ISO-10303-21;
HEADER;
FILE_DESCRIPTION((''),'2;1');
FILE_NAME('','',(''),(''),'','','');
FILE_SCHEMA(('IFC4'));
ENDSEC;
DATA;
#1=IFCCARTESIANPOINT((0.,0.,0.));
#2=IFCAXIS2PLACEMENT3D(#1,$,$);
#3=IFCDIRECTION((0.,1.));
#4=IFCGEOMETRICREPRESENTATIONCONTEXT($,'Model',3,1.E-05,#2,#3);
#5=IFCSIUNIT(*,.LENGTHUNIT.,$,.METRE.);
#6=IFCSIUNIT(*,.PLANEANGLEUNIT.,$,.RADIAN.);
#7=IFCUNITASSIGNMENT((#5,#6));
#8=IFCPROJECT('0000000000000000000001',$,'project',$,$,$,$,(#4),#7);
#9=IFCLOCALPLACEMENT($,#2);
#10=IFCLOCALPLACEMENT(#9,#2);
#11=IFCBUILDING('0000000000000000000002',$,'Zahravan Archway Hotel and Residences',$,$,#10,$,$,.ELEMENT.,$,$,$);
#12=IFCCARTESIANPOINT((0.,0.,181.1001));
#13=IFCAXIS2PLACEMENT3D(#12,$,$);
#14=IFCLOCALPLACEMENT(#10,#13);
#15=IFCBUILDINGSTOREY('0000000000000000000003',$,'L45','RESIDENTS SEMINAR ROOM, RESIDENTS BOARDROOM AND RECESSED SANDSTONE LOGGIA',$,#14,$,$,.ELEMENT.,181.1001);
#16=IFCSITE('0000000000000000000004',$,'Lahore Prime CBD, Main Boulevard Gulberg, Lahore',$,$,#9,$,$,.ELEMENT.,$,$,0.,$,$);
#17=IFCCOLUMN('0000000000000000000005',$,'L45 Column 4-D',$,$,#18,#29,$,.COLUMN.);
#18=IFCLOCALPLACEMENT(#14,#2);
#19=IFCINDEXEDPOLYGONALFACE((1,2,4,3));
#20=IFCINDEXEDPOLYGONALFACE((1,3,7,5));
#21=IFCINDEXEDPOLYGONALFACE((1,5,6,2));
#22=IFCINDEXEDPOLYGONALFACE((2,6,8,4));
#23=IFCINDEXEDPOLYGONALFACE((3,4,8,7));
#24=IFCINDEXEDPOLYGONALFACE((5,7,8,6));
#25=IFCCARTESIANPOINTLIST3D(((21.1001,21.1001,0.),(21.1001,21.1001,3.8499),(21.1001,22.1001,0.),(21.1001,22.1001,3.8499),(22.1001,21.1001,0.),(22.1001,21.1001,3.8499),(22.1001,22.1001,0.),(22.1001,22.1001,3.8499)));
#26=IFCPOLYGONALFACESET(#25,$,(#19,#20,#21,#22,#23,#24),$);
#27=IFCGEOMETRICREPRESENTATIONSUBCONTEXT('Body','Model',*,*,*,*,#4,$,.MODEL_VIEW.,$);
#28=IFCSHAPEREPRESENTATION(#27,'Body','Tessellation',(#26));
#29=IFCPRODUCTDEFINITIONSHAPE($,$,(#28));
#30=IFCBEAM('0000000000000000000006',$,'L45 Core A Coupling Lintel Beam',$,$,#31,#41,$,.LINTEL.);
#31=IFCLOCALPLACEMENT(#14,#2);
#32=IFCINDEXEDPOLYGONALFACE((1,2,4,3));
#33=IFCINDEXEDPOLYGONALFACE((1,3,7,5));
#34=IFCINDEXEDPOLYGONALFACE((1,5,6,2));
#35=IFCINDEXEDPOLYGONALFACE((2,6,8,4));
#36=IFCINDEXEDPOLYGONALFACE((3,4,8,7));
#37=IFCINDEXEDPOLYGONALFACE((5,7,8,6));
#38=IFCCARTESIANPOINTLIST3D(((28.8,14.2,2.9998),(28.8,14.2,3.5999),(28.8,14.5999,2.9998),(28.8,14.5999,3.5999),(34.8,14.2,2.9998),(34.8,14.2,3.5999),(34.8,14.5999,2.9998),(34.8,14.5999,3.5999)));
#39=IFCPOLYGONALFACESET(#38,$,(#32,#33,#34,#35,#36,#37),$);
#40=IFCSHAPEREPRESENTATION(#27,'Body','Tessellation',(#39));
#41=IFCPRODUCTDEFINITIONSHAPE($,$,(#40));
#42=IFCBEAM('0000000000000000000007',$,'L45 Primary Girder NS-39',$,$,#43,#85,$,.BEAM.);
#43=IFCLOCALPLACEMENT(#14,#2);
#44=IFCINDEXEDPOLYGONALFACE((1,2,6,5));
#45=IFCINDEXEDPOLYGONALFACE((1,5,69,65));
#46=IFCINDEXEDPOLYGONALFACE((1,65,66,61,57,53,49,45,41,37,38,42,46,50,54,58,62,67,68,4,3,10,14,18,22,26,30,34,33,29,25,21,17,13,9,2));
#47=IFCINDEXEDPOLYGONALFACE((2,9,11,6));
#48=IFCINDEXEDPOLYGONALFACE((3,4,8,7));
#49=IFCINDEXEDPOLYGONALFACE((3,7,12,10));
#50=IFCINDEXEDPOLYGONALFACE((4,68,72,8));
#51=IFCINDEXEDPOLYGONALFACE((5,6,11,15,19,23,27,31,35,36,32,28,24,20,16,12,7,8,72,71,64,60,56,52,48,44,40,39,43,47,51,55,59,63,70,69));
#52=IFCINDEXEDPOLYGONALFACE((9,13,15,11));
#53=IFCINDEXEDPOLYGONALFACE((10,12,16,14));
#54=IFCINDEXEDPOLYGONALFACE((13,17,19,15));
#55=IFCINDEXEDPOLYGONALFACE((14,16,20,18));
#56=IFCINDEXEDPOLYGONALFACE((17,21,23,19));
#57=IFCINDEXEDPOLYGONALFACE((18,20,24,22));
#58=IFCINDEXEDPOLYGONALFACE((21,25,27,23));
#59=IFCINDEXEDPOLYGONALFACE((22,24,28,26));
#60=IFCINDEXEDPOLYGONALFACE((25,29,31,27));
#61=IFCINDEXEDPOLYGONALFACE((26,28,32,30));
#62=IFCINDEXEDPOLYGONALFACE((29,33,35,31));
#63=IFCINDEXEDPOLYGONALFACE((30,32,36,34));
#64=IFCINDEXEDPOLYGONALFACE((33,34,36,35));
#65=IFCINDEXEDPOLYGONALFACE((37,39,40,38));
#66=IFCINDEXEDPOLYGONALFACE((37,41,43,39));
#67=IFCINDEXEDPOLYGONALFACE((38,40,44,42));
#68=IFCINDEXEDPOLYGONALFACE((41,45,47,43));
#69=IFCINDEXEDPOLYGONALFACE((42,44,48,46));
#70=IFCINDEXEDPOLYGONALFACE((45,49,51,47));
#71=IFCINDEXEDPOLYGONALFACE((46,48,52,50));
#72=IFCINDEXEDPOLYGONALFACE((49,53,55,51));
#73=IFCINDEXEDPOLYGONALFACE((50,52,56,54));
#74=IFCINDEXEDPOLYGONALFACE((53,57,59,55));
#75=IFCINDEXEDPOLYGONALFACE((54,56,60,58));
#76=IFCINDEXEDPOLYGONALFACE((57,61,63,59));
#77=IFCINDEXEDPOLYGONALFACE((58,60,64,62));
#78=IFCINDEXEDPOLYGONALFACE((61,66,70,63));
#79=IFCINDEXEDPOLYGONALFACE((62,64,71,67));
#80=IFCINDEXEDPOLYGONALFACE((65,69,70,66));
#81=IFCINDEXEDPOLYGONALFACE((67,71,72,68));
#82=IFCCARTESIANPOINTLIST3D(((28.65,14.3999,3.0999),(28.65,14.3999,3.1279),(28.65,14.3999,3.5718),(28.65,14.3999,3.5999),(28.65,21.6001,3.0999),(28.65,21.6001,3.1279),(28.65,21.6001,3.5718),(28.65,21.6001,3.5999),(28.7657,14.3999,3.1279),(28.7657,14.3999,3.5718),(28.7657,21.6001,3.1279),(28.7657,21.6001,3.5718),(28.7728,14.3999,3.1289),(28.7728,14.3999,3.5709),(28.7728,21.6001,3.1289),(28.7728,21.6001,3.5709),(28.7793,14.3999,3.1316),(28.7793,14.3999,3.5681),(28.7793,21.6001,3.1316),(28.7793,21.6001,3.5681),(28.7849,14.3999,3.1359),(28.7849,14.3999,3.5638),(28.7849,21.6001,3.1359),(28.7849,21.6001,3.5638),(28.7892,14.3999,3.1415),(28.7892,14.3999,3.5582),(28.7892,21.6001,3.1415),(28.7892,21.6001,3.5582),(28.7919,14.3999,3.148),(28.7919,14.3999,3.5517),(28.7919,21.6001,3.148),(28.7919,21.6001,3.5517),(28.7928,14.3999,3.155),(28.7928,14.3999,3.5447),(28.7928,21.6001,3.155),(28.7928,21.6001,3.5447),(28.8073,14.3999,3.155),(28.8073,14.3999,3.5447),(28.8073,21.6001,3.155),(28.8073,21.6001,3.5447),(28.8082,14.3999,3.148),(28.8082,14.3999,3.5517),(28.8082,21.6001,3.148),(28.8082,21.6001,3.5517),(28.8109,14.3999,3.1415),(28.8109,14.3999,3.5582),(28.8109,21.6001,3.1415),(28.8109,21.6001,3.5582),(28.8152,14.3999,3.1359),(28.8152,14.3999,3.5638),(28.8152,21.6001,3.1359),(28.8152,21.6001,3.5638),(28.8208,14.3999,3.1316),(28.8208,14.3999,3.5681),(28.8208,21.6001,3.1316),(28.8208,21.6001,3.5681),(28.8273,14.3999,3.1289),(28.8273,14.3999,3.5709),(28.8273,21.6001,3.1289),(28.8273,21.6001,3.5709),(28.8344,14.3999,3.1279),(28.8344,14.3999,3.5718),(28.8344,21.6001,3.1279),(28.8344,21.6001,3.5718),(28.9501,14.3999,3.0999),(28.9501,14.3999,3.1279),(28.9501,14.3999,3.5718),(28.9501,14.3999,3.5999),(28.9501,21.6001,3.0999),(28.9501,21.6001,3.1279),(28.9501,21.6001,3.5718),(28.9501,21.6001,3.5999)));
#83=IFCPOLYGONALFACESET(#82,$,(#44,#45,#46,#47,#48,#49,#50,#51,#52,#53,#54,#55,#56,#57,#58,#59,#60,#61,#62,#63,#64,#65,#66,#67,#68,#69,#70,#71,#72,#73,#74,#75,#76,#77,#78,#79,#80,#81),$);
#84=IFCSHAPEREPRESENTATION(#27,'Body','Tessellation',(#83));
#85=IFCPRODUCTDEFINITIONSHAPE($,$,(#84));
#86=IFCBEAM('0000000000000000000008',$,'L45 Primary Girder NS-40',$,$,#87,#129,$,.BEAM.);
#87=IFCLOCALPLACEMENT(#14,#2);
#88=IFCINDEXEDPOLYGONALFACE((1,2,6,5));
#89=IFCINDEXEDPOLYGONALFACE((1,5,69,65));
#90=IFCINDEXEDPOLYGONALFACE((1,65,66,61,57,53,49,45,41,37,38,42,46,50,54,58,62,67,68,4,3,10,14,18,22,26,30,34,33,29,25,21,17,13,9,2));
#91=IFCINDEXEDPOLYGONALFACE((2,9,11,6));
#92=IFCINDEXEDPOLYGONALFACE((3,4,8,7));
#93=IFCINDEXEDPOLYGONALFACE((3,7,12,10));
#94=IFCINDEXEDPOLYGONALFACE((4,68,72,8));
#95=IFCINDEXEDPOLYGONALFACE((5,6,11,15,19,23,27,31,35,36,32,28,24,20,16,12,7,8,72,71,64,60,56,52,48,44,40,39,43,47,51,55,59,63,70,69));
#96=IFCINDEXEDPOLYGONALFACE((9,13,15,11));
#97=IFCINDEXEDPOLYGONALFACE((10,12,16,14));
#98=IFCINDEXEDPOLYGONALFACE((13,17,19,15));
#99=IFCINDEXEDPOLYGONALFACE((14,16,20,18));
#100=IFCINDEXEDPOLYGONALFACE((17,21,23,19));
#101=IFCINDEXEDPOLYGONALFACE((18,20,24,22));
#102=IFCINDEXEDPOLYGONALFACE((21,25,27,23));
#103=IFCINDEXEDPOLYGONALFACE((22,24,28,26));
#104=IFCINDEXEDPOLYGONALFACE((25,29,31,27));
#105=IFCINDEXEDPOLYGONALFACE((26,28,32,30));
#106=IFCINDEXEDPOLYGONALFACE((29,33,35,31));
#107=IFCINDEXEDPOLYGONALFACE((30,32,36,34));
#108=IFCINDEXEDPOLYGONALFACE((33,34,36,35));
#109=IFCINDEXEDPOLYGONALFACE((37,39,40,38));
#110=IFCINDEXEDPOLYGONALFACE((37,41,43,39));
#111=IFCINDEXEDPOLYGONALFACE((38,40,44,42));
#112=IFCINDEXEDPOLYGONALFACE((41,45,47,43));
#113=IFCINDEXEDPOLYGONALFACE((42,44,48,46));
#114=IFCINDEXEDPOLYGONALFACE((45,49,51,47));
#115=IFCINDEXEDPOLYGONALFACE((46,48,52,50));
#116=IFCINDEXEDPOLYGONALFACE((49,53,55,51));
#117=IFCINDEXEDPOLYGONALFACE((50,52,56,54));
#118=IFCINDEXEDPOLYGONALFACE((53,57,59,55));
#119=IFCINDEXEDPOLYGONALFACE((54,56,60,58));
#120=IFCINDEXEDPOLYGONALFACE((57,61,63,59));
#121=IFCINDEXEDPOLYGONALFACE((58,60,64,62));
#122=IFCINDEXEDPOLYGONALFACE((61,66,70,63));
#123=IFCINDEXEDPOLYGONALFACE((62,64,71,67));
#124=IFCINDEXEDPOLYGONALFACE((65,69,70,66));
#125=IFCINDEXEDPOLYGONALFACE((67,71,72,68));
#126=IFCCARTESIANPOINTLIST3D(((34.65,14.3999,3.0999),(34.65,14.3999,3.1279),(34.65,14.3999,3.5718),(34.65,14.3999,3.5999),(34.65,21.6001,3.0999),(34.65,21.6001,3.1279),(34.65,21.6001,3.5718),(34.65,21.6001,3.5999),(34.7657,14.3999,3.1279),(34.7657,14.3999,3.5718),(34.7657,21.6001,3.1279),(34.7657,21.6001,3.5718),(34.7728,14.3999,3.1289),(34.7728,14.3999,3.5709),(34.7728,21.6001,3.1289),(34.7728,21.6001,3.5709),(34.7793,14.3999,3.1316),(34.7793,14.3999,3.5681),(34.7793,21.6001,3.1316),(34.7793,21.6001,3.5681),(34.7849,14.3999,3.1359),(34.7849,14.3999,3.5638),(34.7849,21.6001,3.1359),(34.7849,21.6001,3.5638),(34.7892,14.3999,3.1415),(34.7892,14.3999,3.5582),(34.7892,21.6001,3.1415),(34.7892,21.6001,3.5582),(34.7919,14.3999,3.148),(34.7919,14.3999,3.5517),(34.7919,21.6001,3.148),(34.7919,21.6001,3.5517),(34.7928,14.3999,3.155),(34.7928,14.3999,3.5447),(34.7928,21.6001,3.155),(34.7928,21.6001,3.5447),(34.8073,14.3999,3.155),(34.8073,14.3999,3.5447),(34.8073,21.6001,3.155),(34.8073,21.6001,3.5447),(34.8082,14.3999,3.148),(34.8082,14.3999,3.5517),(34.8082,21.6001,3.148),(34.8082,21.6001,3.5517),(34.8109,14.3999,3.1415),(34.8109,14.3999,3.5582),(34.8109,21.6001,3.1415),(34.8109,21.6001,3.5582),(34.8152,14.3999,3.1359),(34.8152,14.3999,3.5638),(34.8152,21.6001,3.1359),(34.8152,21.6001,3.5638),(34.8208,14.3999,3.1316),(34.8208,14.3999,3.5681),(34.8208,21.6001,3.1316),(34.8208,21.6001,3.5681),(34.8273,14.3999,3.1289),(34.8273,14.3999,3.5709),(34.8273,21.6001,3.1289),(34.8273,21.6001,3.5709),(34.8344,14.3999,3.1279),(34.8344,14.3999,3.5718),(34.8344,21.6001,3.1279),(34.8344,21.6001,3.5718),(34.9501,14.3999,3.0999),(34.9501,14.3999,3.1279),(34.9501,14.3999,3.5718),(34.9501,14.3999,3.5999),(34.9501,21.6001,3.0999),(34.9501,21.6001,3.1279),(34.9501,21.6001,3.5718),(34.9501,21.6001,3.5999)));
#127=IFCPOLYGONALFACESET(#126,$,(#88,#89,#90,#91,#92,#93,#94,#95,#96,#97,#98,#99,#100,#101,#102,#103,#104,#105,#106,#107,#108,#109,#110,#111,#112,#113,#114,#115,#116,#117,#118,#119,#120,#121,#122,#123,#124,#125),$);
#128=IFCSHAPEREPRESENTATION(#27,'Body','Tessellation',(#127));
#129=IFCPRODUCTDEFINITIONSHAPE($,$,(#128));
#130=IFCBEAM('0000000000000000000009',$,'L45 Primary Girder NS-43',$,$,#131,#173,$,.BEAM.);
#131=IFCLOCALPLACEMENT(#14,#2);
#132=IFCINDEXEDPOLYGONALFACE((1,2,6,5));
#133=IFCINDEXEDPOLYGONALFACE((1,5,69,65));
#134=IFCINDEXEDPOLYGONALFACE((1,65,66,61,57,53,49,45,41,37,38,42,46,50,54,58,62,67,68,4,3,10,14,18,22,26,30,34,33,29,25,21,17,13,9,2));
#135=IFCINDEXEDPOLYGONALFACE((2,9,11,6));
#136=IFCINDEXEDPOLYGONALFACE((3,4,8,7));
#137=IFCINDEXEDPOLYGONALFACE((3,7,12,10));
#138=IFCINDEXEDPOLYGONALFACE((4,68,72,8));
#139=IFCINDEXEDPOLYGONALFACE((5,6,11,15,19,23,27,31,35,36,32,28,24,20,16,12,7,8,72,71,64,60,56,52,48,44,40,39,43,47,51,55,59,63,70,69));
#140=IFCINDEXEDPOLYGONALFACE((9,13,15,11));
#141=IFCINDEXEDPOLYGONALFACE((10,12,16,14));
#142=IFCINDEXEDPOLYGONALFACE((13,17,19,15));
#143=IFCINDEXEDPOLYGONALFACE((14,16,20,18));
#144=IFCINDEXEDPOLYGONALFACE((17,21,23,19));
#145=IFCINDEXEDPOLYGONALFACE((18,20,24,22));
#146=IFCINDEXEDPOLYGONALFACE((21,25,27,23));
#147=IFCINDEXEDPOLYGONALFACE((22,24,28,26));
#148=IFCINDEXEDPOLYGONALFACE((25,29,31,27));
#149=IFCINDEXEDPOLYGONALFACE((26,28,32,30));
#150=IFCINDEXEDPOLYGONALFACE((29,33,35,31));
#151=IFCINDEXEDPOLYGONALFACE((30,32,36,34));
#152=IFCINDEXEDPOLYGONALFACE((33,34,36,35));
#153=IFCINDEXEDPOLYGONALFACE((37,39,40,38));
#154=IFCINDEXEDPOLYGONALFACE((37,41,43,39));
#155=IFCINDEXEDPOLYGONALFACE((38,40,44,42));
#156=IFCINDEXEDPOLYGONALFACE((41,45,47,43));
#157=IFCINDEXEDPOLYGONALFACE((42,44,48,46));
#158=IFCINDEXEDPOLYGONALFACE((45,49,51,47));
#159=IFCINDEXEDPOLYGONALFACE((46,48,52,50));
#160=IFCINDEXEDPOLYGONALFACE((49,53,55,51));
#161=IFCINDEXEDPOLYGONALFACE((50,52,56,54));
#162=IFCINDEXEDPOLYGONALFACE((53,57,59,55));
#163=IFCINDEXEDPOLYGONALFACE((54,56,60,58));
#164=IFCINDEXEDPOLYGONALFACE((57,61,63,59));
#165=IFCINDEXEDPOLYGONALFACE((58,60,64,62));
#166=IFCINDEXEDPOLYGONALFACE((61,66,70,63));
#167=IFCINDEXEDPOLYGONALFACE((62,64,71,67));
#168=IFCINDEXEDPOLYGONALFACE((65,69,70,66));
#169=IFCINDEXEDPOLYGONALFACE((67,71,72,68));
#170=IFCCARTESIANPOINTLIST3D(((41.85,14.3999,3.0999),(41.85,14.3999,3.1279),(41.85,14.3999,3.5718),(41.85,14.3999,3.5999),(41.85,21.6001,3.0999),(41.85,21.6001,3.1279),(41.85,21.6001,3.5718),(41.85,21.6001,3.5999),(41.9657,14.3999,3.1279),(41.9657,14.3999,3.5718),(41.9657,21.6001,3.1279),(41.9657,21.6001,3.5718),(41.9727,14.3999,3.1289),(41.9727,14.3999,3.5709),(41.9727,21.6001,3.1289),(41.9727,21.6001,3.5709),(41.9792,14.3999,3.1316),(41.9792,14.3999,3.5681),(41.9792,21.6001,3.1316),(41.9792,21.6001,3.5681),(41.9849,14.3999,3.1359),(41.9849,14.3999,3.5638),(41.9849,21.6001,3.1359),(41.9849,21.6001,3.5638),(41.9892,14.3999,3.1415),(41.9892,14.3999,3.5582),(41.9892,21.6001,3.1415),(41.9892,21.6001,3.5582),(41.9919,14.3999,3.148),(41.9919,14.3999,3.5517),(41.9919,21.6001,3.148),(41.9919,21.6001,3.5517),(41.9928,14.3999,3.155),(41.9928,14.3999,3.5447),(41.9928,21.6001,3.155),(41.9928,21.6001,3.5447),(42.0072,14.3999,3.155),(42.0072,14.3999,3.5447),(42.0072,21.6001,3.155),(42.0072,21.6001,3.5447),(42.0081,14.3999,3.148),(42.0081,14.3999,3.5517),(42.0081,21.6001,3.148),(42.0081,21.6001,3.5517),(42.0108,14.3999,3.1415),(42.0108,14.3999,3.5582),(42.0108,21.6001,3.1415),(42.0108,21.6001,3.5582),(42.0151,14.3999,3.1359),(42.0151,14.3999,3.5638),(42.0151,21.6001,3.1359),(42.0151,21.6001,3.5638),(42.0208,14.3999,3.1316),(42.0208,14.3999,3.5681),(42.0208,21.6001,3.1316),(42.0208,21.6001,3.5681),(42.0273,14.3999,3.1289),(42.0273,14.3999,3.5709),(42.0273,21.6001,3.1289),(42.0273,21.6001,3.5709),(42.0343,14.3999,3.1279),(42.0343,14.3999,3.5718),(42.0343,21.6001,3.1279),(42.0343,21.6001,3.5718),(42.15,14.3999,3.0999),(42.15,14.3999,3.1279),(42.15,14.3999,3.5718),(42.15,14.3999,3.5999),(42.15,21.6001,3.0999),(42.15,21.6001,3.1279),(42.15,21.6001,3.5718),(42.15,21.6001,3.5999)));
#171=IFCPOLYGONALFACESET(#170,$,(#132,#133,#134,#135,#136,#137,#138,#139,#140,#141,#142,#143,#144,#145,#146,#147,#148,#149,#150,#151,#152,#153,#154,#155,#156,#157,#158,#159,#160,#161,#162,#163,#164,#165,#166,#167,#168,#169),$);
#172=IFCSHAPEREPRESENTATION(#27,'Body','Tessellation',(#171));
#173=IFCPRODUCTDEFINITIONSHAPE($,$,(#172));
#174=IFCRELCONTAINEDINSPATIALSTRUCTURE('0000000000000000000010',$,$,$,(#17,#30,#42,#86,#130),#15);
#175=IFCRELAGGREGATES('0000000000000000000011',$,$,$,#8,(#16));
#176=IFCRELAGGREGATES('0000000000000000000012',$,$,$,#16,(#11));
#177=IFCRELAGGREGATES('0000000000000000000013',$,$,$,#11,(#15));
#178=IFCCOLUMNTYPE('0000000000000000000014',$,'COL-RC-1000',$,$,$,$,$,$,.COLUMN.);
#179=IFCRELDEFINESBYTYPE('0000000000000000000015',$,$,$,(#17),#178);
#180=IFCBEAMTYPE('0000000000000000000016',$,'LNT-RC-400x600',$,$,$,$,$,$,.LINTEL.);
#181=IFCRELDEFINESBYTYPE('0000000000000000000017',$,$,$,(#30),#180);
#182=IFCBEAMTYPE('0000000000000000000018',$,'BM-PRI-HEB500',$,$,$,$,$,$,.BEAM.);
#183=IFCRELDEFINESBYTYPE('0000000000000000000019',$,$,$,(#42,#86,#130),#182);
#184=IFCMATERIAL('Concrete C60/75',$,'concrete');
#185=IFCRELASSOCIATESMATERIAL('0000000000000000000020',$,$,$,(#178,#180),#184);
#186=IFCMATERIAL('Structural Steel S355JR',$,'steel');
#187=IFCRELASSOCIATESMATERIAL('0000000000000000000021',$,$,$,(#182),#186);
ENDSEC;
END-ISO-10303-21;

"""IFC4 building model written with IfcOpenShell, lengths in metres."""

from ifc_helpers import new_model, si_unit, direction, frame, origin, origin_2d, place, context, subcontext, project, spatial, rectangle, i_section, extrude, source, transform, mapped, material, material_profile, profile_set, type_object, type_shapes, element, save


model = new_model("IFC4")

# Units and contexts
model_context = context("Model", 3, precision=1e-05, world=origin(), true_north=direction((0.0, 1.0)))
body_context = subcontext(model_context, "Body", "Model", "MODEL_VIEW")
ifc_project = project(units=[si_unit("LENGTHUNIT", "METRE"), si_unit("PLANEANGLEUNIT", "RADIAN")], contexts=[model_context])

# Site, building, storey
site_placement = place(None, origin())
site = spatial("IfcSite", under=ifc_project, at=site_placement, Name="Lahore Prime CBD, Main Boulevard Gulberg, Lahore", CompositionType="ELEMENT", RefElevation=0.0)
building_placement = place(site_placement, origin())
building = spatial("IfcBuilding", under=site, at=building_placement, Name="Zahravan Archway Hotel and Residences", CompositionType="ELEMENT")
storey_placement = place(building_placement, frame((0.0, 0.0, 181.1001)))
storey = spatial("IfcBuildingStorey", under=building, at=storey_placement, Name="L45", Description="RESIDENTS SEMINAR ROOM, RESIDENTS BOARDROOM AND RECESSED SANDSTONE LOGGIA", CompositionType="ELEMENT", Elevation=181.1001)

# Column
ifc_material_1 = material(Name="Concrete C60/75", Category="concrete")
ifc_material_profile_1 = material_profile(ifc_material_1, rectangle(XDim=1.0, YDim=1.0, at=origin_2d()), Name="RC-COL-1000x1000", Category="concrete")
ifc_profile_set_1 = profile_set([ifc_material_profile_1], Name="Concrete C60/75")
column_type = type_object("IfcColumnType", Name="COL-RC-1000", PredefinedType="COLUMN", material=ifc_profile_set_1)
shared_shape_1 = source(origin(), body_context, "Body", "SweptSolid", [
    extrude(rectangle(XDim=1.0, YDim=1.0, at=origin_2d()), origin(), (0.0, 0.0, 1.0), 3.8499),
])
column_placement = place(storey_placement, frame((21.6001, 21.6001, 0.0), z_axis=(0.0, 0.0, 1.0), x_axis=(1.0, 0.0, 0.0)))
element("IfcColumn", 1, at=column_placement, inside=storey, type_object=column_type, Name="L45 Column 4-D", PredefinedType="COLUMN", context=body_context, shape_type="MappedRepresentation", body=[
    mapped(shared_shape_1, transform((0.0, 0.0, 0.0), scale=1.0)),
])

# Beams
ifc_material_profile_2 = material_profile(ifc_material_1, rectangle(XDim=0.3999, YDim=0.6001, at=origin_2d()), Name="RC-LNT-400x600", Category="concrete")
ifc_profile_set_2 = profile_set([ifc_material_profile_2], Name="Concrete C60/75")
beam_type_1 = type_object("IfcBeamType", Name="LNT-RC-400x600", PredefinedType="LINTEL", material=ifc_profile_set_2)
shared_shape_2 = source(origin(), body_context, "Body", "SweptSolid", [
    extrude(rectangle(XDim=0.3999, YDim=0.6001, at=origin_2d()), origin(), (0.0, 0.0, 1.0), 6.0),
])
type_shapes(beam_type_1, [shared_shape_2])
beam_1_placement = place(storey_placement, frame((28.8, 14.3999, 3.2998), z_axis=(1.0, 0.0, 0.0), x_axis=(0.0, 1.0, 0.0)))
element("IfcBeam", 2, at=beam_1_placement, inside=storey, type_object=beam_type_1, Name="L45 Core A Coupling Lintel Beam", PredefinedType="LINTEL", context=body_context, shape_type="MappedRepresentation", body=[
    mapped(shared_shape_2, transform((0.0, 0.0, 0.0), scale=1.0)),
])
ifc_material_2 = material(Name="Structural Steel S355JR", Category="steel")
ifc_material_profile_3 = material_profile(ifc_material_2, i_section(OverallWidth=0.3, OverallDepth=0.5, WebThickness=0.0144, FlangeThickness=0.0281, FilletRadius=0.0271, at=origin_2d()), Name="HEB 500", Category="steel")
ifc_profile_set_3 = profile_set([ifc_material_profile_3], Name="Structural Steel S355JR")
beam_type_2 = type_object("IfcBeamType", Name="BM-PRI-HEB500", PredefinedType="BEAM", material=ifc_profile_set_3)
shared_shape_3 = source(origin(), body_context, "Body", "SweptSolid", [
    extrude(i_section(OverallWidth=0.3, OverallDepth=0.5, WebThickness=0.0144, FlangeThickness=0.0281, FilletRadius=0.0271, at=origin_2d()), origin(), (0.0, 0.0, 1.0), 7.2002),
])
type_shapes(beam_type_2, [shared_shape_3])
for number, where, z_axis, x_axis, name in (
    (3, (28.8, 14.3999, 3.3499), (0.0, 1.0, 0.0), (-1.0, 0.0, 0.0), "L45 Primary Girder NS-39"),
    (4, (34.8, 14.3999, 3.3499), (0.0, 1.0, 0.0), (-1.0, 0.0, 0.0), "L45 Primary Girder NS-40"),
    (5, (42.0, 14.3999, 3.3499), (0.0, 1.0, 0.0), (-1.0, 0.0, 0.0), "L45 Primary Girder NS-43"),
):
    element("IfcBeam", number, at=place(storey_placement, frame(where, z_axis=z_axis, x_axis=x_axis)), inside=storey, type_object=beam_type_2, Name=name, PredefinedType="BEAM", context=body_context, shape_type="MappedRepresentation", body=[
        mapped(shared_shape_3, transform((0.0, 0.0, 0.0), scale=1.0)),
    ])

save(model, "model.ifc")
